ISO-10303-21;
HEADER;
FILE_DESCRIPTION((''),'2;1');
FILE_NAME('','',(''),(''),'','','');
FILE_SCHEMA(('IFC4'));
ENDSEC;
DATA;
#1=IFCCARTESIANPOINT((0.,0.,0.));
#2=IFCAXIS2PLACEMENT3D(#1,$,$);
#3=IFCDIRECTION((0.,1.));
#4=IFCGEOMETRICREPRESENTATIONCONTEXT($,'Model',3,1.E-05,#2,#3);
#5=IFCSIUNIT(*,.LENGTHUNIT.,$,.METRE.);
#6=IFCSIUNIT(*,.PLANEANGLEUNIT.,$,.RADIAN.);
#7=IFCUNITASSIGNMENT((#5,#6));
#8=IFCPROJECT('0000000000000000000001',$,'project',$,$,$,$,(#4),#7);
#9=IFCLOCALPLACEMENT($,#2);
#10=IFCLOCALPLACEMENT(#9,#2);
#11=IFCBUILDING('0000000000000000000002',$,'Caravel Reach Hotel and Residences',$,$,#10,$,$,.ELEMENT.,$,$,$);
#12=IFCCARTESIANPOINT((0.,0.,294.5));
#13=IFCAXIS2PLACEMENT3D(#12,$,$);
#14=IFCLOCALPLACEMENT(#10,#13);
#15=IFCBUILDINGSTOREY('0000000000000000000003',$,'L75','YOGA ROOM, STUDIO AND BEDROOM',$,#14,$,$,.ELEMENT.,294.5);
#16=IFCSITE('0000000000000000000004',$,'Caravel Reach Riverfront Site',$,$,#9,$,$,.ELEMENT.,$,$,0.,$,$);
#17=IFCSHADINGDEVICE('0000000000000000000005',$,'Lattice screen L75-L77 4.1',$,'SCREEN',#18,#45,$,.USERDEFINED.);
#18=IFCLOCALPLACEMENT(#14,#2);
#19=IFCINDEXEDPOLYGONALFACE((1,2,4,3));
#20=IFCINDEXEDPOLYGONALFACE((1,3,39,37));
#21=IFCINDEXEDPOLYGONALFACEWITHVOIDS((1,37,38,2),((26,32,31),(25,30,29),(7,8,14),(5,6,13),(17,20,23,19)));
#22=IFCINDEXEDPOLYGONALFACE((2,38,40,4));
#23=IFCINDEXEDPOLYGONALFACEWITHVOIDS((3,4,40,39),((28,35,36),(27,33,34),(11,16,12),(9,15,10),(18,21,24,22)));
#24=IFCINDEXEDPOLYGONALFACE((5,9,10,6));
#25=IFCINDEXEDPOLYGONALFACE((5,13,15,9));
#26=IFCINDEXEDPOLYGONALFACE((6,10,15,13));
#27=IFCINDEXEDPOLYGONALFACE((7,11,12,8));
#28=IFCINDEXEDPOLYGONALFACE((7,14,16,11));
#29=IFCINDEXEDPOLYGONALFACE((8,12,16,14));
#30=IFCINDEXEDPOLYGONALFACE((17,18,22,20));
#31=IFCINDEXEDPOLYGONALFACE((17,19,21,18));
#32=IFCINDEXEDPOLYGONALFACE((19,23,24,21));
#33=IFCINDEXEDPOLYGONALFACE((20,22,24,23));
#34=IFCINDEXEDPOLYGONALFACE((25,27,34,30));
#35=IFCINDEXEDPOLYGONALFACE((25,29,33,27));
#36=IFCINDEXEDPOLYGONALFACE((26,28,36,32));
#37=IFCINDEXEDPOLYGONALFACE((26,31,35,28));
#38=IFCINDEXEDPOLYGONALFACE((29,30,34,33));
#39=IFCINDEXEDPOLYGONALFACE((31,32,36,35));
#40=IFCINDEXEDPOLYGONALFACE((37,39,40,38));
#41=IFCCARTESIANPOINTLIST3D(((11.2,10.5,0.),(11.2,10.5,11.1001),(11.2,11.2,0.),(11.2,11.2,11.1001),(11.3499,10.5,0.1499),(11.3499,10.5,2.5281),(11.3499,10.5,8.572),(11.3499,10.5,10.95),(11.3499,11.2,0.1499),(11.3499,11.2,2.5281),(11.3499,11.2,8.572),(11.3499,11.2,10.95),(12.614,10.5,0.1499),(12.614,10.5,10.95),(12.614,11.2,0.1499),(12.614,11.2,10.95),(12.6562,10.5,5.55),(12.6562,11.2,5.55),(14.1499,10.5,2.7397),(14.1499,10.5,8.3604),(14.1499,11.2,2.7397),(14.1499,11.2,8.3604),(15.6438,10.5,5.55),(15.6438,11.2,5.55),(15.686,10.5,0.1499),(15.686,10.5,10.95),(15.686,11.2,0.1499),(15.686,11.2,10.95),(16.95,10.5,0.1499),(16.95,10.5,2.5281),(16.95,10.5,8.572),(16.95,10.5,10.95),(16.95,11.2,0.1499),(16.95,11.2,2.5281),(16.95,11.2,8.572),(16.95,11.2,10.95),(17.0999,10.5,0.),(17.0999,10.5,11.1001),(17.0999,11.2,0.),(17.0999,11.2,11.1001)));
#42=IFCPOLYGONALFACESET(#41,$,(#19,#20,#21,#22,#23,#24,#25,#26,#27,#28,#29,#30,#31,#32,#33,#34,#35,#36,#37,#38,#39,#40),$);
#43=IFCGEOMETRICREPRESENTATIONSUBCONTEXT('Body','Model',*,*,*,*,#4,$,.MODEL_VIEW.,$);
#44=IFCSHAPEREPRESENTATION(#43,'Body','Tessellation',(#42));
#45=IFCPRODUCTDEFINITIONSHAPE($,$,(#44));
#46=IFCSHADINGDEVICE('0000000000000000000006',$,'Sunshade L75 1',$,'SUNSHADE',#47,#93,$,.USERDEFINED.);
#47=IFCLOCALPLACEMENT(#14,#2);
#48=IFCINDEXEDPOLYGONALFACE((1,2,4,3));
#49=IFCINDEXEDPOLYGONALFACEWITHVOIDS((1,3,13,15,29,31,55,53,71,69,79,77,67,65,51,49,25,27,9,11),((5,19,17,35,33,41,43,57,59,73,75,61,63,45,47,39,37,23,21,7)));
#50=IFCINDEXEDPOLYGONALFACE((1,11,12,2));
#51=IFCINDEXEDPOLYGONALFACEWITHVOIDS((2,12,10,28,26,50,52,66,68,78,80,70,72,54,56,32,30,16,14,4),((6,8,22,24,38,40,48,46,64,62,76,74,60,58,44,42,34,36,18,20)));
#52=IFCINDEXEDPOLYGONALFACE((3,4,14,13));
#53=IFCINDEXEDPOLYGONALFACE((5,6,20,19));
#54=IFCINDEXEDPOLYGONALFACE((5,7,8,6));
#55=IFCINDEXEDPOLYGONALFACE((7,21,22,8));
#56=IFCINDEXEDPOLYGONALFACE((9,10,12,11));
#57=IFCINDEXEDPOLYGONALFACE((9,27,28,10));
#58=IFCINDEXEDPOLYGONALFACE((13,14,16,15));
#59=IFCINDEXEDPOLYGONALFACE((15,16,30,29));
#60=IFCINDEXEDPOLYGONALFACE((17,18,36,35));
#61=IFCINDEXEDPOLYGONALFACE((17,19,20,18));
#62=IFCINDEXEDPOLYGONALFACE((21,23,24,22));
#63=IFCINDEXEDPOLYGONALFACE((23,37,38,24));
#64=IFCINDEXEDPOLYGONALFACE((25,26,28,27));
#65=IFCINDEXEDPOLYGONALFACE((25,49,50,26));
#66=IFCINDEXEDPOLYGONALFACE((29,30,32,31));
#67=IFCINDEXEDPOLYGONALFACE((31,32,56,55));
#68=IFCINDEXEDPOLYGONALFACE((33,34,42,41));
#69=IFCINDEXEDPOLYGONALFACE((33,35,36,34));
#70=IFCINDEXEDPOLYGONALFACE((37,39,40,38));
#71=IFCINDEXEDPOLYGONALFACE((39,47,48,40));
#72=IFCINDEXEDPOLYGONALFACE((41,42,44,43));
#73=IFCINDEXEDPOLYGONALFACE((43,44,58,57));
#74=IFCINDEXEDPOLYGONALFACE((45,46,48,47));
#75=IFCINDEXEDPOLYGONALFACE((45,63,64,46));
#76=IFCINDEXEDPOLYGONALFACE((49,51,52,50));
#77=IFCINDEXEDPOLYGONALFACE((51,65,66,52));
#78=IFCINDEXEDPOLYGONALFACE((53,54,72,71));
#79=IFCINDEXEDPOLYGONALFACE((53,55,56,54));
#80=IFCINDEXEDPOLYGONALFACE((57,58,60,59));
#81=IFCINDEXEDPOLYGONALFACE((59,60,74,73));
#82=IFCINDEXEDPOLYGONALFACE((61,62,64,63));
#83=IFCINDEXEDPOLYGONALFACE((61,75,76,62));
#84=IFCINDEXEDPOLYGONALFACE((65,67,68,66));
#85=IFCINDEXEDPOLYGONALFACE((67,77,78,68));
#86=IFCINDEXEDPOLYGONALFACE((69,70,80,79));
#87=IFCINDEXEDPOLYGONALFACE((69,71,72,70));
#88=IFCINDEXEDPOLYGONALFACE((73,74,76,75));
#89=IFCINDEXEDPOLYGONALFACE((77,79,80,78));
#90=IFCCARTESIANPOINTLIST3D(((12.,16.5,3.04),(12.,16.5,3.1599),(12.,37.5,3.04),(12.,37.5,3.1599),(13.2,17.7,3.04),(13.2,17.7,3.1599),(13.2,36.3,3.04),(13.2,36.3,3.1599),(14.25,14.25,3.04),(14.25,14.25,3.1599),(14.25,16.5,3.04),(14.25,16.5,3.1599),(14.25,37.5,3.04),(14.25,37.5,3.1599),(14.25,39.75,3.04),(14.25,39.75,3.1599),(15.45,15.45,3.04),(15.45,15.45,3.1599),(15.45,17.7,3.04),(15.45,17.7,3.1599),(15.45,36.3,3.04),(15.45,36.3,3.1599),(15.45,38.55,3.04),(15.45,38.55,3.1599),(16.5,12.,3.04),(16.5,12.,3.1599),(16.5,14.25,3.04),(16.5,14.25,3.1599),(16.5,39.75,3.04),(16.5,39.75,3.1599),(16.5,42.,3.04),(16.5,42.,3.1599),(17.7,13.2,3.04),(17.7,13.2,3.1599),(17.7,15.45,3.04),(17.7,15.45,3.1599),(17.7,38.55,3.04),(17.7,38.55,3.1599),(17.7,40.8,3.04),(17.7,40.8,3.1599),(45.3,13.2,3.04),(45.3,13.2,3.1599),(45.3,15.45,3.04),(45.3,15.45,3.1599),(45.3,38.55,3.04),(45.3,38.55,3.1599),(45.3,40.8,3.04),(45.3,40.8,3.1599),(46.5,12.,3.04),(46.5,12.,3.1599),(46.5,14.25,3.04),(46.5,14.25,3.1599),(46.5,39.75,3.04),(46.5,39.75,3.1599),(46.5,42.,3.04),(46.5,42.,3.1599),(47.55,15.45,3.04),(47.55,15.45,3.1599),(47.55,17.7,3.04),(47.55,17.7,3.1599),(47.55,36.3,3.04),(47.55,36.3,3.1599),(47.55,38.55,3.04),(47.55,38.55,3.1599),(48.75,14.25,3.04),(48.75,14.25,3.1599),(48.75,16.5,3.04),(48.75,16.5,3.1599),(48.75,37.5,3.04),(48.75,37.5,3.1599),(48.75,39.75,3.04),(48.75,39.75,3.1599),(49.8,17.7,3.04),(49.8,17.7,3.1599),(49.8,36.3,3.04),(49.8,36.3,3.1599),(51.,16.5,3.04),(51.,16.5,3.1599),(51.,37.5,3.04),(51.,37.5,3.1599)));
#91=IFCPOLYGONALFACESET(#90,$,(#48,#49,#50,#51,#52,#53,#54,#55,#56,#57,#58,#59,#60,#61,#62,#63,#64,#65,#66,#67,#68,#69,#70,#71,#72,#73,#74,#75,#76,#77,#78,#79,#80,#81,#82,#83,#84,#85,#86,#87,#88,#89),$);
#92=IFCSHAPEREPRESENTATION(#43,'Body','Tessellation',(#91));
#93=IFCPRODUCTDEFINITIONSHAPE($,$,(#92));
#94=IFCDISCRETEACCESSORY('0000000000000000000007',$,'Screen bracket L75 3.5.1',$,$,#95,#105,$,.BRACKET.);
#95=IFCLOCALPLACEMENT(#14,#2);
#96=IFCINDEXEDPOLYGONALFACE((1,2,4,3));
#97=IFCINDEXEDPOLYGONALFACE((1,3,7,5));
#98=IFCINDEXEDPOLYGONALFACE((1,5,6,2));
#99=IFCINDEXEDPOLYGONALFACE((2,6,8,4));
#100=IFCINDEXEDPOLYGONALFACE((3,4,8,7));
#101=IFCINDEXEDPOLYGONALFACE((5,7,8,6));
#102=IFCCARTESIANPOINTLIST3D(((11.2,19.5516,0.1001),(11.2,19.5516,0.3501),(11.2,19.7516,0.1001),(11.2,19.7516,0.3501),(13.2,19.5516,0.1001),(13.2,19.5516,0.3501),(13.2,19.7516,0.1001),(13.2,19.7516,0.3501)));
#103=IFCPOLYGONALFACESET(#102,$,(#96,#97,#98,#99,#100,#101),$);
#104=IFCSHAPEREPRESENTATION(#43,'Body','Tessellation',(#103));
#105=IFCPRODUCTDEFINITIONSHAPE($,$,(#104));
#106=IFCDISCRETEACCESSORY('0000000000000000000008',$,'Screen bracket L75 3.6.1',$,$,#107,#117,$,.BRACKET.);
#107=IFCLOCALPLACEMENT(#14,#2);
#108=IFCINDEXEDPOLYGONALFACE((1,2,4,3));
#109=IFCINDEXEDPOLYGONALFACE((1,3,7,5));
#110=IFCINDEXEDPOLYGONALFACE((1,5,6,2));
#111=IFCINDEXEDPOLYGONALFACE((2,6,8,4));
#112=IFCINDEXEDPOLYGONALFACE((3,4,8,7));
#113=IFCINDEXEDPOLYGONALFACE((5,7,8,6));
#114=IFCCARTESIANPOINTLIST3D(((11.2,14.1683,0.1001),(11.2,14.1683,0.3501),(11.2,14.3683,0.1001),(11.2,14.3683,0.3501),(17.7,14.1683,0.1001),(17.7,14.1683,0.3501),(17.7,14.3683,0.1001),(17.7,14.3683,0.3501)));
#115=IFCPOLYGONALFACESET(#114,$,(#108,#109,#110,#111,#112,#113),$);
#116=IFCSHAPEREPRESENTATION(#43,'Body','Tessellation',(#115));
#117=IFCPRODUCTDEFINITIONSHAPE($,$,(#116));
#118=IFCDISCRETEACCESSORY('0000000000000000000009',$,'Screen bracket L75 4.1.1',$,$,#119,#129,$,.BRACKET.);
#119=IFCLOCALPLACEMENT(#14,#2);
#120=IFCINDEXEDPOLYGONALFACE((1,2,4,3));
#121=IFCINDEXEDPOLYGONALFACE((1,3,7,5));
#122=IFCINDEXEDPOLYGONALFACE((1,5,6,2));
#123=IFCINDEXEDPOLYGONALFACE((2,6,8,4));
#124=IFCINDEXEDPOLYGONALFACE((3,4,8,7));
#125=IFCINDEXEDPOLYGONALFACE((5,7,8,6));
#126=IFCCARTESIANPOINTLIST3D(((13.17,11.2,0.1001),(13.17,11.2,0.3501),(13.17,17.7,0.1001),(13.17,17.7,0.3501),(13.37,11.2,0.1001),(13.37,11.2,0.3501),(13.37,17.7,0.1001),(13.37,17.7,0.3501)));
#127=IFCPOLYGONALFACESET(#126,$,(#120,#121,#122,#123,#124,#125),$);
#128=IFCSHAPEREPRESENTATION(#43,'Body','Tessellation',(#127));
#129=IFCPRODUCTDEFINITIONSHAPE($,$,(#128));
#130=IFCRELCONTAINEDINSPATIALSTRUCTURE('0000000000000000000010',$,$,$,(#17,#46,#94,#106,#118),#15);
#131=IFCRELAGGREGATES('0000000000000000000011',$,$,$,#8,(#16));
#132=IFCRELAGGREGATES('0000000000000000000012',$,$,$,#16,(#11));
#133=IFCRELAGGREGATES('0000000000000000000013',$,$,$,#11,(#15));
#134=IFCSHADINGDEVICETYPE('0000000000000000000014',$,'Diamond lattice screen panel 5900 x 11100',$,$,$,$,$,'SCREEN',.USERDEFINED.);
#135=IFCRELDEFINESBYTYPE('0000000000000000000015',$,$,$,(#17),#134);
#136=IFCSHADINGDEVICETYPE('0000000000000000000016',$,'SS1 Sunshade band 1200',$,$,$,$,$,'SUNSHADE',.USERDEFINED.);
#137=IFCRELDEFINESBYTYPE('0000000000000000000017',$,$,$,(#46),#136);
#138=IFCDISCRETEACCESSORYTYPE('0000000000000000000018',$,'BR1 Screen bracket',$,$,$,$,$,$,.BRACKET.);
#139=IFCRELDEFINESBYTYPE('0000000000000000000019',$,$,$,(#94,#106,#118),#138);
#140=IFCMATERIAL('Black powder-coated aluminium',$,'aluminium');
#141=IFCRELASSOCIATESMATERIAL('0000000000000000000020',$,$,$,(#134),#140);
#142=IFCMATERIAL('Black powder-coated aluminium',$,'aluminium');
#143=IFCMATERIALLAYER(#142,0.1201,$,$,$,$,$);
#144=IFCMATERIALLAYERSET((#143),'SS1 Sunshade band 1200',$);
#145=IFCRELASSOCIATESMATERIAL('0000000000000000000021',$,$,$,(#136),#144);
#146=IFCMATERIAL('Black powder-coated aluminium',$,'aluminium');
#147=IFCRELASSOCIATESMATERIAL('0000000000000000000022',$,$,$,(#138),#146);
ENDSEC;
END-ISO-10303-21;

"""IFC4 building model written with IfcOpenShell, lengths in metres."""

from ifc_helpers import new_model, si_unit, direction, frame, origin, origin_2d, place, context, subcontext, project, spatial, polyline, rectangle, outline, extrude, material, layer, layer_set, type_object, element, save


model = new_model("IFC4")

# Units and contexts
model_context = context("Model", 3, precision=1e-05, world=origin(), true_north=direction((0.0, 1.0)))
body_context = subcontext(model_context, "Body", "Model", "MODEL_VIEW")
ifc_project = project(units=[si_unit("LENGTHUNIT", "METRE"), si_unit("PLANEANGLEUNIT", "RADIAN")], contexts=[model_context])

# Site, building, storey
site_placement = place(None, origin())
site = spatial("IfcSite", under=ifc_project, at=site_placement, Name="Caravel Reach Riverfront Site", CompositionType="ELEMENT", RefElevation=0.0)
building_placement = place(site_placement, origin())
building = spatial("IfcBuilding", under=site, at=building_placement, Name="Caravel Reach Hotel and Residences", CompositionType="ELEMENT")
storey_placement = place(building_placement, frame((0.0, 0.0, 294.5)))
storey = spatial("IfcBuildingStorey", under=building, at=storey_placement, Name="L75", Description="YOGA ROOM, STUDIO AND BEDROOM", CompositionType="ELEMENT", Elevation=294.5)

# Shading devices
ifc_material_1 = material(Name="Black powder-coated aluminium", Category="aluminium")
shading_device_type_1 = type_object("IfcShadingDeviceType", Name="Diamond lattice screen panel 5900 x 11100", ElementType="SCREEN", PredefinedType="USERDEFINED", material=ifc_material_1)
shading_device_1_placement = place(storey_placement, frame((11.2, 11.2, 0.0), z_axis=(0.0, -1.0, 0.0), x_axis=(1.0, 0.0, 0.0)))
element("IfcShadingDevice", 1, at=shading_device_1_placement, inside=storey, type_object=shading_device_type_1, Name="Lattice screen L75-L77 4.1", ObjectType="SCREEN", PredefinedType="USERDEFINED", context=body_context, shape_type="SweptSolid", body=[
    extrude(outline(polyline([(0.0, 0.0), (5.8999, 0.0), (5.8999, 11.1001), (0.0, 11.1001), (0.0, 0.0)]), holes=[polyline([(1.4141, 0.1499), (0.1499, 2.5281), (0.1499, 0.1499), (1.4141, 0.1499)]), polyline([(0.1499, 8.572), (1.4141, 10.95), (0.1499, 10.95), (0.1499, 8.572)]), polyline([(2.95, 8.3604), (1.4563, 5.55), (2.95, 2.7397), (4.4438, 5.55), (2.95, 8.3604)]), polyline([(5.75, 2.5281), (4.4861, 0.1499), (5.75, 0.1499), (5.75, 2.5281)]), polyline([(4.4861, 10.95), (5.75, 8.572), (5.75, 10.95), (4.4861, 10.95)])]), origin(), (0.0, 0.0, 1.0), 0.7),
])
ifc_material_2 = material(Name="Black powder-coated aluminium", Category="aluminium")
ifc_layer_1 = layer(ifc_material_2, 0.1201)
ifc_layer_set_1 = layer_set([ifc_layer_1], Name="SS1 Sunshade band 1200")
shading_device_type_2 = type_object("IfcShadingDeviceType", Name="SS1 Sunshade band 1200", ElementType="SUNSHADE", PredefinedType="USERDEFINED", material=ifc_layer_set_1)
shading_device_2_placement = place(storey_placement, frame((0.0, 0.0, 3.04)))
element("IfcShadingDevice", 2, at=shading_device_2_placement, inside=storey, type_object=shading_device_type_2, Name="Sunshade L75 1", ObjectType="SUNSHADE", PredefinedType="USERDEFINED", context=body_context, shape_type="SweptSolid", body=[
    extrude(outline(polyline([(16.5, 12.0), (46.5, 12.0), (46.5, 14.25), (48.75, 14.25), (48.75, 16.5), (51.0, 16.5), (51.0, 37.5), (48.75, 37.5), (48.75, 39.75), (46.5, 39.75), (46.5, 42.0), (16.5, 42.0), (16.5, 39.75), (14.25, 39.75), (14.25, 37.5), (12.0, 37.5), (12.0, 16.5), (14.25, 16.5), (14.25, 14.25), (16.5, 14.25), (16.5, 12.0)]), holes=[polyline([(45.3, 15.45), (45.3, 13.2), (17.7, 13.2), (17.7, 15.45), (15.45, 15.45), (15.45, 17.7), (13.2, 17.7), (13.2, 36.3), (15.45, 36.3), (15.45, 38.55), (17.7, 38.55), (17.7, 40.8), (45.3, 40.8), (45.3, 38.55), (47.55, 38.55), (47.55, 36.3), (49.8, 36.3), (49.8, 17.7), (47.55, 17.7), (47.55, 15.45), (45.3, 15.45)])]), origin(), (0.0, 0.0, 1.0), 0.1199),
])

# Discrete accessories
ifc_material_3 = material(Name="Black powder-coated aluminium", Category="aluminium")
discrete_accessory_type = type_object("IfcDiscreteAccessoryType", Name="BR1 Screen bracket", PredefinedType="BRACKET", material=ifc_material_3)
discrete_accessory_placement = place(storey_placement, frame((12.2, 19.6516, 0.1001), z_axis=(0.0, 0.0, 1.0), x_axis=(-1.0, 0.0, 0.0)))
element("IfcDiscreteAccessory", 3, at=discrete_accessory_placement, inside=storey, type_object=discrete_accessory_type, Name="Screen bracket L75 3.5.1", PredefinedType="BRACKET", context=body_context, shape_type="SweptSolid", body=[
    extrude(rectangle(XDim=2.0, YDim=0.2, at=origin_2d()), origin(), (0.0, 0.0, 1.0), 0.25),
])
for number, where, z_axis, x_axis, name in (
    (4, (14.45, 14.2683, 0.1001), (0.0, 0.0, 1.0), (-1.0, 0.0, 0.0), "Screen bracket L75 3.6.1"),
    (5, (13.27, 14.45, 0.1001), (0.0, 0.0, 1.0), (0.0, -1.0, 0.0), "Screen bracket L75 4.1.1"),
):
    element("IfcDiscreteAccessory", number, at=place(storey_placement, frame(where, z_axis=z_axis, x_axis=x_axis)), inside=storey, type_object=discrete_accessory_type, Name=name, PredefinedType="BRACKET", context=body_context, shape_type="SweptSolid", body=[
        extrude(rectangle(XDim=6.5, YDim=0.2, at=origin_2d()), origin(), (0.0, 0.0, 1.0), 0.25),
    ])

save(model, "model.ifc")
